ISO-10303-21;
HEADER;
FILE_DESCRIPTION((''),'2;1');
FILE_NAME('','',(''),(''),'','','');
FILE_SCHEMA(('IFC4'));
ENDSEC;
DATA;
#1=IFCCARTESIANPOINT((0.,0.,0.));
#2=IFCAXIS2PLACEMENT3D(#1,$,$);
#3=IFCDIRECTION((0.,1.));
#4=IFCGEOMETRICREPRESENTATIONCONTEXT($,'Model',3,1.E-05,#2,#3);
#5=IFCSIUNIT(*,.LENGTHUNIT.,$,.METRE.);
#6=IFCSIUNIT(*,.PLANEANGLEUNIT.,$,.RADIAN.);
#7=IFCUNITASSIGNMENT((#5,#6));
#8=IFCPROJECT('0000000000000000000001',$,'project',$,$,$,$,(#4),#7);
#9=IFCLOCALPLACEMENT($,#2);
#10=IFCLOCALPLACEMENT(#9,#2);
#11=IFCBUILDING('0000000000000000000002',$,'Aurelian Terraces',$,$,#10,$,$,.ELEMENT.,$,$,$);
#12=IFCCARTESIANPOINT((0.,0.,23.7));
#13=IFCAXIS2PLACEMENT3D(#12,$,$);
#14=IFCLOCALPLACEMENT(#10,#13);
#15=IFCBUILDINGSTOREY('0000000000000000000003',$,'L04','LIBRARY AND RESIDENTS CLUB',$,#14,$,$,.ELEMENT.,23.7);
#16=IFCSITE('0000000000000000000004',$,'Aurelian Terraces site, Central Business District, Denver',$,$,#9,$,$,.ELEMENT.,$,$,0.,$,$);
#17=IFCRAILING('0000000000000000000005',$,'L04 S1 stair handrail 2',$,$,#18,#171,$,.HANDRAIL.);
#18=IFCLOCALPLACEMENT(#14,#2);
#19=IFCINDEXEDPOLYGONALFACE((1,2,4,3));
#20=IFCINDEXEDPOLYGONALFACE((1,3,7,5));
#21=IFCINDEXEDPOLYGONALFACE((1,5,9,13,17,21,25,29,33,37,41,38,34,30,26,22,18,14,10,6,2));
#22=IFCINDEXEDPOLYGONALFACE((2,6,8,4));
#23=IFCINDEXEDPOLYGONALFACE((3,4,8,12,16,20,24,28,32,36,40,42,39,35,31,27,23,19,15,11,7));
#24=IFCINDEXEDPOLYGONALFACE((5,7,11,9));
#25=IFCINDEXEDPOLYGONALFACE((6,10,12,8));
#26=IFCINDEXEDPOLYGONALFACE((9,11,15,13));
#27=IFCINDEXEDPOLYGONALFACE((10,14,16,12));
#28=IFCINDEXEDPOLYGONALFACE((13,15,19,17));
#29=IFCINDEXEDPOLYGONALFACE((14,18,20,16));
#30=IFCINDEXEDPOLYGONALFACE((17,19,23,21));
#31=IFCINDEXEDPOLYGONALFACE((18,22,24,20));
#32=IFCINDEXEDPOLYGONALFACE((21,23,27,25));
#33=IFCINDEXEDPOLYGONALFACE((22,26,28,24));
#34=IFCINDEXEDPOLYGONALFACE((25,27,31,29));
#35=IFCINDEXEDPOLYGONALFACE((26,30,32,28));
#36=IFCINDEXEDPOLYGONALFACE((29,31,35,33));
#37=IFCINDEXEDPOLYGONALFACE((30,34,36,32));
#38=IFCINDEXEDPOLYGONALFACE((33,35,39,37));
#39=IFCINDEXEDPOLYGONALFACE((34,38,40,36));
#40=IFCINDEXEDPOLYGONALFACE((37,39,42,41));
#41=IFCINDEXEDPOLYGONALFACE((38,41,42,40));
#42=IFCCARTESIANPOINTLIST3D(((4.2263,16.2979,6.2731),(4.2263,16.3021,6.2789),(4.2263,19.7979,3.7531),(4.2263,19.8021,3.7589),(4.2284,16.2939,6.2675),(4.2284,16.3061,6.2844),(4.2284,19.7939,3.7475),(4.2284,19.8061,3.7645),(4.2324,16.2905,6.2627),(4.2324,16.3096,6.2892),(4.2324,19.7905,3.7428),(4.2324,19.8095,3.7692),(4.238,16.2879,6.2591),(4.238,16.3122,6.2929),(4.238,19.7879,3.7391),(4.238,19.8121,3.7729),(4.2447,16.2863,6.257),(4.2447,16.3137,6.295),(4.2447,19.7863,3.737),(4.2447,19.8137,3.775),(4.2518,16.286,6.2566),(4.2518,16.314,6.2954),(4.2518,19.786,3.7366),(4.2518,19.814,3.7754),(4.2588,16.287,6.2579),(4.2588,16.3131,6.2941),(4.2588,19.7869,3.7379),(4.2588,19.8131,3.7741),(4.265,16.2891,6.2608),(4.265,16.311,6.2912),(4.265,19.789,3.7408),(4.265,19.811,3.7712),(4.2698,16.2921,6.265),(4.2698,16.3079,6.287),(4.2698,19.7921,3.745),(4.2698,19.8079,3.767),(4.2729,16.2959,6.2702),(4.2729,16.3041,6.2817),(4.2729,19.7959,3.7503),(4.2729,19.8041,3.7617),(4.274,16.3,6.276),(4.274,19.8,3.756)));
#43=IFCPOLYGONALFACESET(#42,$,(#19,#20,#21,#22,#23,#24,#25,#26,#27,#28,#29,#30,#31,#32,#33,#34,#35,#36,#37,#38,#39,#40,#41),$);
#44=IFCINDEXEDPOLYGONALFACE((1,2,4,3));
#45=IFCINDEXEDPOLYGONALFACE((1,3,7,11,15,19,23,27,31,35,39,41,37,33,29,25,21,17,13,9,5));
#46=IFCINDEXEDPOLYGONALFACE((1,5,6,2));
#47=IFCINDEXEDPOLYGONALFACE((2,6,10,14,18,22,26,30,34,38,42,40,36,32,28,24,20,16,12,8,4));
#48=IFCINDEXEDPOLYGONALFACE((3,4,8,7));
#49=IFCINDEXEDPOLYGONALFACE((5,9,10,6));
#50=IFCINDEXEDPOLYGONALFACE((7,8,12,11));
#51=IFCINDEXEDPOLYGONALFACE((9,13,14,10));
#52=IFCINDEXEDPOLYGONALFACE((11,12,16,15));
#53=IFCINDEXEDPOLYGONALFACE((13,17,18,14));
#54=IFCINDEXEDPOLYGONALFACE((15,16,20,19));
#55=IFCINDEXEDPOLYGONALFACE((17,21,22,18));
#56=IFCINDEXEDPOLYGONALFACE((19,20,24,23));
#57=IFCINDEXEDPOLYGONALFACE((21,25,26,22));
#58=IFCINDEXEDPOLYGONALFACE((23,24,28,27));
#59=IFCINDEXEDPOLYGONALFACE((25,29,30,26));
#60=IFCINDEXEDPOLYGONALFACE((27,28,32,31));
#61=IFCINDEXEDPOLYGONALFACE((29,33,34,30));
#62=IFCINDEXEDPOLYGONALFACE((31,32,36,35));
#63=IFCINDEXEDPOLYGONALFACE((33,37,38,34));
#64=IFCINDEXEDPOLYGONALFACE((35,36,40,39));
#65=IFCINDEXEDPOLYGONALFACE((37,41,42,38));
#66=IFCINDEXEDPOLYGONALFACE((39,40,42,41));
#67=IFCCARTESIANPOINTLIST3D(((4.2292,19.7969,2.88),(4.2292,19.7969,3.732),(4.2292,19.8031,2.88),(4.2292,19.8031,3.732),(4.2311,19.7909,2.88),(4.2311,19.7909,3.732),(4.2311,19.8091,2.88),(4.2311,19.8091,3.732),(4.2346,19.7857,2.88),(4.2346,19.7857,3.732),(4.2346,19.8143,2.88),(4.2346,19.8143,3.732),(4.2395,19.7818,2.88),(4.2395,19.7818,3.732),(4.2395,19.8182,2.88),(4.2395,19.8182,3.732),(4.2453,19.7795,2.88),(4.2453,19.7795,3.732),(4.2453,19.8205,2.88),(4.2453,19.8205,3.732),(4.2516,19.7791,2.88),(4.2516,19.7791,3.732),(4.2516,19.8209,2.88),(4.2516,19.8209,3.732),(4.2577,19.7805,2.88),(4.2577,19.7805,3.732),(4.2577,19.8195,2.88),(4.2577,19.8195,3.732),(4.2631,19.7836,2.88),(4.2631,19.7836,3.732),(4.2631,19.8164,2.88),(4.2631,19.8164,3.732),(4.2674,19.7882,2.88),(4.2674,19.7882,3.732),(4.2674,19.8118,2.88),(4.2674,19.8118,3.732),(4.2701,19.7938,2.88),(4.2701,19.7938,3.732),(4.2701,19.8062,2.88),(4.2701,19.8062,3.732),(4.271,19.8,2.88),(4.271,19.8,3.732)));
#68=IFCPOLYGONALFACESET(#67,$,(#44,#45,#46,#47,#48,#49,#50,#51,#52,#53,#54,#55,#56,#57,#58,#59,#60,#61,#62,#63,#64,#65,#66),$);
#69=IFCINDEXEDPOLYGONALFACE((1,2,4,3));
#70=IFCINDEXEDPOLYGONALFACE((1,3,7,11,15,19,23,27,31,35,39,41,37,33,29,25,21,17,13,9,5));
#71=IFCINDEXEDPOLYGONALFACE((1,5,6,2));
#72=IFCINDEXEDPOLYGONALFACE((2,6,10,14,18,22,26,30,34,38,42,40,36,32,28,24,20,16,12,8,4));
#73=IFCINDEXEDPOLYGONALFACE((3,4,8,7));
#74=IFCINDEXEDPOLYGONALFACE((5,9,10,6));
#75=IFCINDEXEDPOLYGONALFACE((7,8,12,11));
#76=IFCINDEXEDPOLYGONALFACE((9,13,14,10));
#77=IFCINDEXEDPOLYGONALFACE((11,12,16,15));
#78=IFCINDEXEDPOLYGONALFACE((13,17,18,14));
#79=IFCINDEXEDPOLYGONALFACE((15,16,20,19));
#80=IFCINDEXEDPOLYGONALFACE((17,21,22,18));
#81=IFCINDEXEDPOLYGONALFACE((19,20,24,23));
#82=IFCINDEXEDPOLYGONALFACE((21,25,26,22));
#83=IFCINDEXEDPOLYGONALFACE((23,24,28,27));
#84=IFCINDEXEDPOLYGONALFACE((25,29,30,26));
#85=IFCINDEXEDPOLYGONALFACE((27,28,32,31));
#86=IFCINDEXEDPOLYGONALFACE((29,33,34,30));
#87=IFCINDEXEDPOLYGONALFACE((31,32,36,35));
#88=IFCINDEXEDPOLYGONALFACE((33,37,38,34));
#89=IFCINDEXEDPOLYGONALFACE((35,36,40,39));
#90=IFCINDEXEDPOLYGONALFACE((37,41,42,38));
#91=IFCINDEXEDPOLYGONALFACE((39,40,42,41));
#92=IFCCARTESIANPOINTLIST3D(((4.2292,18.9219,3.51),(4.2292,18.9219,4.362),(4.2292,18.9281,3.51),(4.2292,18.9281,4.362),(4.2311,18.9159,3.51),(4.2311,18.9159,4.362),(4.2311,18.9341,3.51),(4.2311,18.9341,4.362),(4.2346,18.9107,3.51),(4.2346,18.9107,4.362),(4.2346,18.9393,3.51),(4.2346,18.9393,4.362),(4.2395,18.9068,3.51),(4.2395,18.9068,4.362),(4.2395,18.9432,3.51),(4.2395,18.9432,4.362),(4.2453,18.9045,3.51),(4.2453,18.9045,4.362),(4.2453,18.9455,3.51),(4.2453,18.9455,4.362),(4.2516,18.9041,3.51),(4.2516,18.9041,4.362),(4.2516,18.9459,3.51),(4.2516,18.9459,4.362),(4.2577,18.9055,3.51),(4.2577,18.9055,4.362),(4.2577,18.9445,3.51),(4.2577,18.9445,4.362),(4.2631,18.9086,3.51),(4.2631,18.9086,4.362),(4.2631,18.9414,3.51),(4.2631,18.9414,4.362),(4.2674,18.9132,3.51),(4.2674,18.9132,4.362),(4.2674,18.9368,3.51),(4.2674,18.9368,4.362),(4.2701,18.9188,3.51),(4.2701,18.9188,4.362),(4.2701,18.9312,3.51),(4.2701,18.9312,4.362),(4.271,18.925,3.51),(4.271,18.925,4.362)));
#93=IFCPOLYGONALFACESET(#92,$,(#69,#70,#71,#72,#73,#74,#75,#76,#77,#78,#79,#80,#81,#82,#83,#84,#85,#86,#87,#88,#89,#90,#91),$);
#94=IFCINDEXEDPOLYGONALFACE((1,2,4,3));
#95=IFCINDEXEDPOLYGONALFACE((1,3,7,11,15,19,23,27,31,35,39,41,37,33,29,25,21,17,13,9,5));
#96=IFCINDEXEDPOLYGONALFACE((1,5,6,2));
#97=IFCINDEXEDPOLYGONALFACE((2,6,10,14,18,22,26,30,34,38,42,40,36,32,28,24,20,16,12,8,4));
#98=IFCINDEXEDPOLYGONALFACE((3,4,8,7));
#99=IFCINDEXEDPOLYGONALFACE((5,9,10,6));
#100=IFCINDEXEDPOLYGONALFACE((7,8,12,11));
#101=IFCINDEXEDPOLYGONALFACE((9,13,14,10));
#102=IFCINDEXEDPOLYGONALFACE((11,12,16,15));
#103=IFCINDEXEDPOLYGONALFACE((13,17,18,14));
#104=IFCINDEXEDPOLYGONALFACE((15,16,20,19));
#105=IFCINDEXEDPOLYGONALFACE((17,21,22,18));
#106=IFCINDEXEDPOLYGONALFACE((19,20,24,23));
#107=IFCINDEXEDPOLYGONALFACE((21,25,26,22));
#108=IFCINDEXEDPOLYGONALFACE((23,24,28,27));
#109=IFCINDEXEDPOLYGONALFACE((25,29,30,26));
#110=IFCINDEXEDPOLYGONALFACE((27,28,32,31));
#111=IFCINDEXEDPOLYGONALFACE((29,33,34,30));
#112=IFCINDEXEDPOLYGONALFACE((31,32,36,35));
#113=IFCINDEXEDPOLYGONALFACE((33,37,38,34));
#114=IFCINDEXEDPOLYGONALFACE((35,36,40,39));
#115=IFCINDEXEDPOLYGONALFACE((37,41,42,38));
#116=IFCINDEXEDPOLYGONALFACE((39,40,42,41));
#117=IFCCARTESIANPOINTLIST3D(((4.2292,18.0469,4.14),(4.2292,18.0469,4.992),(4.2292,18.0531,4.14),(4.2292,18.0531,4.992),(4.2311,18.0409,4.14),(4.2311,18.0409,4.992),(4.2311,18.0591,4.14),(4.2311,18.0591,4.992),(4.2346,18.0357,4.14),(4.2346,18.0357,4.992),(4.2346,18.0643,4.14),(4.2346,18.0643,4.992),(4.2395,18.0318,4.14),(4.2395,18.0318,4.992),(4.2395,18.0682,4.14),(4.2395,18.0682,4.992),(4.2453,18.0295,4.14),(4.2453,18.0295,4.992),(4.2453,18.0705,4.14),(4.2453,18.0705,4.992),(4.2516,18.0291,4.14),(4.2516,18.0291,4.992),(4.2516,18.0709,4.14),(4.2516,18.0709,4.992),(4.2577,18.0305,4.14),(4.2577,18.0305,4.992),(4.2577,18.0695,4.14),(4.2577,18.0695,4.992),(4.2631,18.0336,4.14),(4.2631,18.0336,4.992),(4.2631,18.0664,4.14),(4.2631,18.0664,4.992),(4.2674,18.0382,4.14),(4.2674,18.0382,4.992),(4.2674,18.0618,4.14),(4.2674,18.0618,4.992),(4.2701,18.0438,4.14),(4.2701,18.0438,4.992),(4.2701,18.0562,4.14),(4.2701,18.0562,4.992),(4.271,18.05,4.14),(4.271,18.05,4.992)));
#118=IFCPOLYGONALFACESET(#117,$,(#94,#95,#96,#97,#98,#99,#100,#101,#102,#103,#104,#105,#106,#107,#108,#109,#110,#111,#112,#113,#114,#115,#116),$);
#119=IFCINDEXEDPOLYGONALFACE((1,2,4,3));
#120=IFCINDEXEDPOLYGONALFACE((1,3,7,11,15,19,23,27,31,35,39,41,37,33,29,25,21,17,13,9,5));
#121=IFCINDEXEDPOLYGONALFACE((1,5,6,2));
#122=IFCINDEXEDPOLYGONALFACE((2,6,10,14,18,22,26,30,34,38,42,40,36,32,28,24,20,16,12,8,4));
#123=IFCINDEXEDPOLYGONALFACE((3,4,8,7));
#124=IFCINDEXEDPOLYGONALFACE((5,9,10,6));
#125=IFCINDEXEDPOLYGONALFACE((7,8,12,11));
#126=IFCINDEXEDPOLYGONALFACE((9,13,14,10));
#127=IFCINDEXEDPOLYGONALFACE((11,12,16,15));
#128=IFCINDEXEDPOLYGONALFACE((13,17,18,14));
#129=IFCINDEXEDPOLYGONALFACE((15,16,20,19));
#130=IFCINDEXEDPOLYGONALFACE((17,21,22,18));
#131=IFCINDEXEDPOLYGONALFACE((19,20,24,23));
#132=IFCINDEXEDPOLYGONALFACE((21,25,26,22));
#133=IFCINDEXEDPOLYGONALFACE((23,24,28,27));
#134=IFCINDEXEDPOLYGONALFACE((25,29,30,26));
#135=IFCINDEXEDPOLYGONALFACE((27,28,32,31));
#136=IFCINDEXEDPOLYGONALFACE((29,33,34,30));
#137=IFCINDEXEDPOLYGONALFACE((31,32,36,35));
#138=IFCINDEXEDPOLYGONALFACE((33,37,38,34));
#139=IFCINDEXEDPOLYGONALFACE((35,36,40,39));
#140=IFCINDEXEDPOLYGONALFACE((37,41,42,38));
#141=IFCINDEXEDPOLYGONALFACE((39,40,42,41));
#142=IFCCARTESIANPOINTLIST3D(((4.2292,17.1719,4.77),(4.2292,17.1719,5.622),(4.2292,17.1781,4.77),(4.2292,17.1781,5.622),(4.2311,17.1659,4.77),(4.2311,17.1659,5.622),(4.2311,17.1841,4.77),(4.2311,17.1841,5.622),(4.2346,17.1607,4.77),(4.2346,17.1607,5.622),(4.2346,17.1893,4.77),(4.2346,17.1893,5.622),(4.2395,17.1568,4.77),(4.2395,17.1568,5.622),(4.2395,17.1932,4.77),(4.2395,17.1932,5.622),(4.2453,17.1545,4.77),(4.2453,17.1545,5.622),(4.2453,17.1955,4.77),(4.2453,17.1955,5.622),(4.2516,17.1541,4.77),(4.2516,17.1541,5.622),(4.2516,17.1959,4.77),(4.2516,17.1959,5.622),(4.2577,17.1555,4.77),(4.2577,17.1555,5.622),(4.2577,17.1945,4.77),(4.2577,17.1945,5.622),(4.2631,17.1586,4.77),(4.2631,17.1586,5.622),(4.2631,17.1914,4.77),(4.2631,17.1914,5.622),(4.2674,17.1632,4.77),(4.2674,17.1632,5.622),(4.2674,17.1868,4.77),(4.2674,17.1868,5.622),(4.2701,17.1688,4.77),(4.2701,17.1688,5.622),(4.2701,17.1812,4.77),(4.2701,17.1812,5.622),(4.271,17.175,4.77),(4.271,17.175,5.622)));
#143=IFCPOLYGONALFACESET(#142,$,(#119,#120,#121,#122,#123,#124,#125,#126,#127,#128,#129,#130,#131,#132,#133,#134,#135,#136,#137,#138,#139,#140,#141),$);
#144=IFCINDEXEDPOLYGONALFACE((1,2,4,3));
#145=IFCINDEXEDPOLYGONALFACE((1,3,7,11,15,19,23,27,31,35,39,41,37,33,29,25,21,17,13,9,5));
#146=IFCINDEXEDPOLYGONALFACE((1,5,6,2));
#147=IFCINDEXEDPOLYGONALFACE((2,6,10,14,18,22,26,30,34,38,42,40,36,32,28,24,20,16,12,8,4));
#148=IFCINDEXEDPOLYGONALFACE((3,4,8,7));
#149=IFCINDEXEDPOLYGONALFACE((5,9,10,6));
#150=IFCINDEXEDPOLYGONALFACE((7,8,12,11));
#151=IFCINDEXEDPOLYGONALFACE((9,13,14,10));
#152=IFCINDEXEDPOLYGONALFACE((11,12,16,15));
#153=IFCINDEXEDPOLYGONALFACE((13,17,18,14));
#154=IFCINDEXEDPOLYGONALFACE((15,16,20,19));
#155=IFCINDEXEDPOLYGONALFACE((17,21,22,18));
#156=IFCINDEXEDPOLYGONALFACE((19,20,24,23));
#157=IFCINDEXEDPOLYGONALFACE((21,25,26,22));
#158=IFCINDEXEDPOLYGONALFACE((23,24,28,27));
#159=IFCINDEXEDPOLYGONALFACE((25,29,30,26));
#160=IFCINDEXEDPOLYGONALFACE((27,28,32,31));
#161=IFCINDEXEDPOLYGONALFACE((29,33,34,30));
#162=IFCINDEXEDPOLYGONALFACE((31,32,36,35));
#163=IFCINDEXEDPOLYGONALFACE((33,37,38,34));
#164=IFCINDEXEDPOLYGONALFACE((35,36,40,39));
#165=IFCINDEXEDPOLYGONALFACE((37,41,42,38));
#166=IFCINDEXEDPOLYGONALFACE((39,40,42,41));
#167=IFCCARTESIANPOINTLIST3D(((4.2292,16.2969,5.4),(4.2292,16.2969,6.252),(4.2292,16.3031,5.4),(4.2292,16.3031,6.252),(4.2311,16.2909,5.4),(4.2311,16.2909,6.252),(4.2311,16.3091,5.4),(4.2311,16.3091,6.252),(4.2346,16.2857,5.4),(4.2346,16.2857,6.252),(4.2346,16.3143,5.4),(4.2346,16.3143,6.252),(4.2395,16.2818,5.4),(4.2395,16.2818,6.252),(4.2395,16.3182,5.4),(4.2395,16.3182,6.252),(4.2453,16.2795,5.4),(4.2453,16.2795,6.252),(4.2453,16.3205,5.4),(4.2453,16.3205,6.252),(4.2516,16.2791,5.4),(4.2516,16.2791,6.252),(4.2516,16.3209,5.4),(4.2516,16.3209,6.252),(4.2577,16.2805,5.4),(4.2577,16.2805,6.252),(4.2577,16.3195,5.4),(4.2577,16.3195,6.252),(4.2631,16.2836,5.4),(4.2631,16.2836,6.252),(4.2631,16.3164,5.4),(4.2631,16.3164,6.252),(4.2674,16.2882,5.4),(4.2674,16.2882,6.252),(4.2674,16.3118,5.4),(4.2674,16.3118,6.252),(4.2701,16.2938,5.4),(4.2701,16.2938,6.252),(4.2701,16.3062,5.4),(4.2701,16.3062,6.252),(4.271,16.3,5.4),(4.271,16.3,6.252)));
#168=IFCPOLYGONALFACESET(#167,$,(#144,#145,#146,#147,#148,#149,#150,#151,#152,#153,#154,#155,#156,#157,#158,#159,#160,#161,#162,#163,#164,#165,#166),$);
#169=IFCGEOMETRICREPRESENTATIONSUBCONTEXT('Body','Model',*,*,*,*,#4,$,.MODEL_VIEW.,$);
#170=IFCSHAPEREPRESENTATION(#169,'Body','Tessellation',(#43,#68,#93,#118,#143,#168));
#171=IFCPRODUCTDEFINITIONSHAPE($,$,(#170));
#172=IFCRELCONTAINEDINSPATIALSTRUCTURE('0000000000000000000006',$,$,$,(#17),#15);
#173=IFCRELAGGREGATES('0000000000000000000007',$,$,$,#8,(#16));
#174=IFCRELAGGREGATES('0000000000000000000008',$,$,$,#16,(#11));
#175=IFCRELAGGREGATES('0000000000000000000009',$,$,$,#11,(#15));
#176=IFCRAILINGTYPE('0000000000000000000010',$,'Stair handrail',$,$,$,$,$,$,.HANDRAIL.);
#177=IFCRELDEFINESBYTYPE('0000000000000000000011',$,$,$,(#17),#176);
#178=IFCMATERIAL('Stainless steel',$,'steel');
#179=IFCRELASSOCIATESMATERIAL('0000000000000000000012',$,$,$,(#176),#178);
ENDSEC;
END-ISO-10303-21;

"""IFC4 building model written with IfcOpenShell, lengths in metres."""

from ifc_helpers import new_model, si_unit, direction, frame, origin, origin_2d, place, context, subcontext, project, spatial, circle, extrude, source, transform, mapped, material, type_object, element, save


model = new_model("IFC4")

# Units and contexts
model_context = context("Model", 3, precision=1e-05, world=origin(), true_north=direction((0.0, 1.0)))
body_context = subcontext(model_context, "Body", "Model", "MODEL_VIEW")
ifc_project = project(units=[si_unit("LENGTHUNIT", "METRE"), si_unit("PLANEANGLEUNIT", "RADIAN")], contexts=[model_context])

# Site, building, storey
site_placement = place(None, origin())
site = spatial("IfcSite", under=ifc_project, at=site_placement, Name="Aurelian Terraces site, Central Business District, Denver", CompositionType="ELEMENT", RefElevation=0.0)
building_placement = place(site_placement, origin())
building = spatial("IfcBuilding", under=site, at=building_placement, Name="Aurelian Terraces", CompositionType="ELEMENT")
storey_placement = place(building_placement, frame((0.0, 0.0, 23.7)))
storey = spatial("IfcBuildingStorey", under=building, at=storey_placement, Name="L04", Description="LIBRARY AND RESIDENTS CLUB", CompositionType="ELEMENT", Elevation=23.7)

# Railing
ifc_material_1 = material(Name="Stainless steel", Category="steel")
railing_type_1 = type_object("IfcRailingType", Name="Stair handrail", PredefinedType="HANDRAIL", material=ifc_material_1)
shared_shape_1 = source(origin(), body_context, "Body", "SweptSolid", [
    extrude(circle(Radius=0.024, at=origin_2d()), frame((0.0, 0.0, 0.876), z_axis=(0.0, -0.811534, 0.584305), x_axis=(1.0, 0.0, 0.0)), (0.0, 0.0, 1.0), 4.3128),
    extrude(circle(Radius=0.021, at=origin_2d()), origin(), (0.0, 0.0, 1.0), 0.852),
    extrude(circle(Radius=0.021, at=origin_2d()), frame((0.0, -0.875, 0.63)), (0.0, 0.0, 1.0), 0.852),
    extrude(circle(Radius=0.021, at=origin_2d()), frame((0.0, -1.75, 1.26)), (0.0, 0.0, 1.0), 0.852),
    extrude(circle(Radius=0.021, at=origin_2d()), frame((0.0, -2.625, 1.89)), (0.0, 0.0, 1.0), 0.852),
    extrude(circle(Radius=0.021, at=origin_2d()), frame((0.0, -3.5, 2.52)), (0.0, 0.0, 1.0), 0.852),
])
railing_1_placement = place(storey_placement, frame((4.25, 19.8, 2.88)))
element("IfcRailing", 1, at=railing_1_placement, inside=storey, type_object=railing_type_1, Name="L04 S1 stair handrail 2", PredefinedType="HANDRAIL", context=body_context, shape_type="MappedRepresentation", body=[
    mapped(shared_shape_1, transform((0.0, 0.0, 0.0), scale=1.0)),
])

save(model, "model.ifc")
